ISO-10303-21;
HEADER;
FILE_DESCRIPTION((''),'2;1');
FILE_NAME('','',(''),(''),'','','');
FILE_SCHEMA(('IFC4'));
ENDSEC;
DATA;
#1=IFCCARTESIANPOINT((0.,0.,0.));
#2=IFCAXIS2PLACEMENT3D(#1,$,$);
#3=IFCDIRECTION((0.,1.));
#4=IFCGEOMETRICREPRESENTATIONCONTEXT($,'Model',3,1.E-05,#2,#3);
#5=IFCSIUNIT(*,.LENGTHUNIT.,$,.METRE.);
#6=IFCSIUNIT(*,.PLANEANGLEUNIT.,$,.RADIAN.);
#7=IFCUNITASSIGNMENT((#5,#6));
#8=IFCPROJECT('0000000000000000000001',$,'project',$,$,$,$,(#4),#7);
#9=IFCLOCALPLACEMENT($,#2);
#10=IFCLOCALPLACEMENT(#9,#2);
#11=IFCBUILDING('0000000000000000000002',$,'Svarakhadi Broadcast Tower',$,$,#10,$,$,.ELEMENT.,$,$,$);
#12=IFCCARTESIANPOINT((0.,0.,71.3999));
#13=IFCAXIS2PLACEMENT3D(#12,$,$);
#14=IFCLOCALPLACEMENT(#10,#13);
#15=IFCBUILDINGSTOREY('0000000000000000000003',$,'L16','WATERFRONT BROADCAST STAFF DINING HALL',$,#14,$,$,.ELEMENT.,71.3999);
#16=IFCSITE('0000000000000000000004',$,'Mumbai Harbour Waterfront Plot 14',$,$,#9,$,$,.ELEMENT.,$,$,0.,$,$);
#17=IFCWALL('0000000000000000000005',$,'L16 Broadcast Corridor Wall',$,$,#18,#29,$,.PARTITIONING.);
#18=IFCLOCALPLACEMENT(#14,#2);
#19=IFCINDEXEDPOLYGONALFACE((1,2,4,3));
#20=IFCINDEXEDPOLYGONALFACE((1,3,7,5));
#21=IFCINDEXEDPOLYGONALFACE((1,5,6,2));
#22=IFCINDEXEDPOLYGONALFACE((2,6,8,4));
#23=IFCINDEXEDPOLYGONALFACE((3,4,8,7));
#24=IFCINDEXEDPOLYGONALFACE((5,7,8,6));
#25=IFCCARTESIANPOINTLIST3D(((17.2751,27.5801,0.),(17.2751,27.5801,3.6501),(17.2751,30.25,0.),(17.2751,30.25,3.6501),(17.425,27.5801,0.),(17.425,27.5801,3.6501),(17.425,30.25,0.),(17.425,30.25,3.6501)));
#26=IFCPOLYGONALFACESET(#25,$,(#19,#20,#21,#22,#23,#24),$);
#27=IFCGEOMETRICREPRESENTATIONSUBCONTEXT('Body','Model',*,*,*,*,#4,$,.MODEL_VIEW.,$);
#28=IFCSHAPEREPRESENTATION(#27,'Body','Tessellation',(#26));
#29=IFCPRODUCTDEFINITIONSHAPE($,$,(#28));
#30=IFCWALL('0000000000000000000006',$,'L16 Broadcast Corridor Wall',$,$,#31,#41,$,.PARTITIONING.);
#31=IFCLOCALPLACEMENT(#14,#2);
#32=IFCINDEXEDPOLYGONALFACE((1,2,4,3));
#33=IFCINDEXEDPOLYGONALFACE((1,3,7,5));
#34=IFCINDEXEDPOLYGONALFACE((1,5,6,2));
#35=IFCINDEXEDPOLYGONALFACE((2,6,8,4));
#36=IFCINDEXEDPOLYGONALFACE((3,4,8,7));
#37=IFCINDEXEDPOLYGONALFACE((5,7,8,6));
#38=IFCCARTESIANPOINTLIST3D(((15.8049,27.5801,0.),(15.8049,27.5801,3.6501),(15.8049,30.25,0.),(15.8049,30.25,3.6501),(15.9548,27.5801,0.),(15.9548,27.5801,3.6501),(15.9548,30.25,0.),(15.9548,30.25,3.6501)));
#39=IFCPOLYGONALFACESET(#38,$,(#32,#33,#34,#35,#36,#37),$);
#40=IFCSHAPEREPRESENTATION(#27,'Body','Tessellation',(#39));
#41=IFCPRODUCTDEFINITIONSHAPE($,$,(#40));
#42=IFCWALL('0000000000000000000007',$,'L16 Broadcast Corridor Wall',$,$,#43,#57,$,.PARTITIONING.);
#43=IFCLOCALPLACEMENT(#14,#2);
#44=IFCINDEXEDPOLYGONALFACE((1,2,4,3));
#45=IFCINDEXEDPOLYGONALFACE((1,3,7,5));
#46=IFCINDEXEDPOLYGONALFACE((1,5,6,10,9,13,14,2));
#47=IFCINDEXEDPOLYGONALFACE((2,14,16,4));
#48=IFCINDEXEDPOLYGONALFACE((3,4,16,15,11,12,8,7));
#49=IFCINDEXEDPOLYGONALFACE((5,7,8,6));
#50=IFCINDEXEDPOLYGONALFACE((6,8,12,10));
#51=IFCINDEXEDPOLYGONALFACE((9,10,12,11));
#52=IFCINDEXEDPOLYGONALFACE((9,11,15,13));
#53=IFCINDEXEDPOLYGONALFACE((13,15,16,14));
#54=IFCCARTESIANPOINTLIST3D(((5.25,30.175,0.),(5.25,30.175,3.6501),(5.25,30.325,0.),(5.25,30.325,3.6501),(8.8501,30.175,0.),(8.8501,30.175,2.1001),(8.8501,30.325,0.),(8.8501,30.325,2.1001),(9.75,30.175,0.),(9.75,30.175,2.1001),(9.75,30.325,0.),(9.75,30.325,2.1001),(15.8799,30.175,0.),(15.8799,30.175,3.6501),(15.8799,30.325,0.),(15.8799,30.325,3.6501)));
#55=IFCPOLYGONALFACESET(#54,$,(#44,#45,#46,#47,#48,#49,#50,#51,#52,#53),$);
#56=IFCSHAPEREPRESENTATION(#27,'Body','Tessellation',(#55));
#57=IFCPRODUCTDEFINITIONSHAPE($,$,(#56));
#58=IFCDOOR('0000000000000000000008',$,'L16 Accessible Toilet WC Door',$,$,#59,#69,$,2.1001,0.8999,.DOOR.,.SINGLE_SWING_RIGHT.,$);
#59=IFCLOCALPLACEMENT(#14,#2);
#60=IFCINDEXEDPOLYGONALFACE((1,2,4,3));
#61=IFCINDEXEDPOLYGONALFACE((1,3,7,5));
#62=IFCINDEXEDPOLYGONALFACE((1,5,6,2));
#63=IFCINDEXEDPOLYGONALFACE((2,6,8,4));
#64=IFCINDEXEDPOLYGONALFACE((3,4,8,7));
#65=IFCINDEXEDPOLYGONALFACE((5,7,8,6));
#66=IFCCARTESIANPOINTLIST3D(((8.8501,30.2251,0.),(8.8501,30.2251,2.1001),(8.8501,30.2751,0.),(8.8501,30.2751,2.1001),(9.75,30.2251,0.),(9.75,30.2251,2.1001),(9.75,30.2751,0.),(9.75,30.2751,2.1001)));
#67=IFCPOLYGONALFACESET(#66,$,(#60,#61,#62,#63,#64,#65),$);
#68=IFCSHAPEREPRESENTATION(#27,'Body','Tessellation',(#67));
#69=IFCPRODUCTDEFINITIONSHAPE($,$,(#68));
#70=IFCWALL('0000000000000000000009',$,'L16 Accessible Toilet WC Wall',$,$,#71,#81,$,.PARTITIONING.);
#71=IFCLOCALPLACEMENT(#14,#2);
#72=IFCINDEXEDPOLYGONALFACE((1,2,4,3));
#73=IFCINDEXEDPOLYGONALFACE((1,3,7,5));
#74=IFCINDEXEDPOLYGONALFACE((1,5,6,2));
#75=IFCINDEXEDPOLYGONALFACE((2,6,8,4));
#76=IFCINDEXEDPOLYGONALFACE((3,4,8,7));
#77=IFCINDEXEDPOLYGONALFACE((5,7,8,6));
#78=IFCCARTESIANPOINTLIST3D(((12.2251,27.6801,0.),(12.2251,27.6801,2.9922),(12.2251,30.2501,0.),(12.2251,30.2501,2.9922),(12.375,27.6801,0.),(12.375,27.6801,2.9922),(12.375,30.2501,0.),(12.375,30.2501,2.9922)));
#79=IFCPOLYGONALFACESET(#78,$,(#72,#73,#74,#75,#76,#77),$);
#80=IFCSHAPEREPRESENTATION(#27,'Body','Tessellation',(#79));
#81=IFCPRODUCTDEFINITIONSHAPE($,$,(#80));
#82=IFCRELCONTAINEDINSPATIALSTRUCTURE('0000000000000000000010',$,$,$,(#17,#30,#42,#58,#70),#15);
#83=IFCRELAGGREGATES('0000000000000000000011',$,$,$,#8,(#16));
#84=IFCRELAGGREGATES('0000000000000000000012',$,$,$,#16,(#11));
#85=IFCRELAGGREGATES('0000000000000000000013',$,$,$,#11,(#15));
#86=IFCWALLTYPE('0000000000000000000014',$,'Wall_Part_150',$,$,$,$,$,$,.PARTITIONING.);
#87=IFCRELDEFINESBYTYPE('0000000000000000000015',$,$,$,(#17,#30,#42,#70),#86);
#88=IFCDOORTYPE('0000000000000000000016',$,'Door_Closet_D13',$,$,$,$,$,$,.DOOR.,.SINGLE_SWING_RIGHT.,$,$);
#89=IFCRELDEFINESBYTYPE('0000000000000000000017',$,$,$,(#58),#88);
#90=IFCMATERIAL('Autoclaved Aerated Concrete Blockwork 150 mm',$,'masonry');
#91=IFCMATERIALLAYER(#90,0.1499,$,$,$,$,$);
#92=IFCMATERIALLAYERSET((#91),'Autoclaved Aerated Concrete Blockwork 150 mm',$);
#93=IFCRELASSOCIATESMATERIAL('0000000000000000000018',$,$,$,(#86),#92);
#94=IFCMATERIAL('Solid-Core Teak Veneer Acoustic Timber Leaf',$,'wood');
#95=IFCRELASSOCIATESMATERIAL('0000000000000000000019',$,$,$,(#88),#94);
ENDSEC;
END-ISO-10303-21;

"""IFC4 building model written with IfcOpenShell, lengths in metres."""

from ifc_helpers import new_model, si_unit, direction, frame, frame_2d, origin, place, context, subcontext, project, spatial, rectangle, extrude, material, layer, layer_set, type_object, element, fill, save


model = new_model("IFC4")

# Units and contexts
model_context = context("Model", 3, precision=1e-05, world=origin(), true_north=direction((0.0, 1.0)))
body_context = subcontext(model_context, "Body", "Model", "MODEL_VIEW")
ifc_project = project(units=[si_unit("LENGTHUNIT", "METRE"), si_unit("PLANEANGLEUNIT", "RADIAN")], contexts=[model_context])

# Site, building, storey
site_placement = place(None, origin())
site = spatial("IfcSite", under=ifc_project, at=site_placement, Name="Mumbai Harbour Waterfront Plot 14", CompositionType="ELEMENT", RefElevation=0.0)
building_placement = place(site_placement, origin())
building = spatial("IfcBuilding", under=site, at=building_placement, Name="Svarakhadi Broadcast Tower", CompositionType="ELEMENT")
storey_placement = place(building_placement, frame((0.0, 0.0, 71.3999)))
storey = spatial("IfcBuildingStorey", under=building, at=storey_placement, Name="L16", Description="WATERFRONT BROADCAST STAFF DINING HALL", CompositionType="ELEMENT", Elevation=71.3999)

# Shared definitions
ifc_material_1 = material(Name="Autoclaved Aerated Concrete Blockwork 150 mm", Category="masonry")
ifc_layer = layer(ifc_material_1, 0.1499)
ifc_layer_set = layer_set([ifc_layer], Name="Autoclaved Aerated Concrete Blockwork 150 mm")
wall_type = type_object("IfcWallType", Name="Wall_Part_150", PredefinedType="PARTITIONING", material=ifc_layer_set)
ifc_material_2 = material(Name="Solid-Core Teak Veneer Acoustic Timber Leaf", Category="wood")

# Walls
for number, where, z_axis, x_axis, name in (
    (1, (17.3501, 30.25, 0.0), (0.0, 0.0, 1.0), (0.0, -1.0, 0.0), "L16 Broadcast Corridor Wall"),
    (2, (15.8799, 27.5801, 0.0), (0.0, 0.0, 1.0), (0.0, 1.0, 0.0), "L16 Broadcast Corridor Wall"),
):
    element("IfcWall", number, at=place(storey_placement, frame(where, z_axis=z_axis, x_axis=x_axis)), inside=storey, type_object=wall_type, Name=name, PredefinedType="PARTITIONING", context=body_context, shape_type="SweptSolid", body=[
        extrude(rectangle(XDim=2.6699, YDim=0.1499, at=frame_2d((1.335, 0.0))), origin(), (0.0, 0.0, 1.0), 3.6501),
    ])

# Wall, opening, door
wall_1_placement = place(storey_placement, frame((15.8799, 30.25, 0.0), z_axis=(0.0, 0.0, 1.0), x_axis=(-1.0, 0.0, 0.0)))
wall_1 = element("IfcWall", 3, at=wall_1_placement, inside=storey, type_object=wall_type, Name="L16 Broadcast Corridor Wall", PredefinedType="PARTITIONING", context=body_context, shape_type="SweptSolid", body=[
    extrude(rectangle(XDim=10.6299, YDim=0.1499, at=frame_2d((5.3149, 0.0))), origin(), (0.0, 0.0, 1.0), 3.6501),
])
opening_1_placement = place(wall_1_placement, frame((6.1299, 0.0, 0.0)))
opening_1 = element("IfcOpeningElement", 4, at=opening_1_placement, cuts=wall_1, PredefinedType="OPENING", context=body_context, shape_type="SweptSolid", body=[
    extrude(rectangle(XDim=0.8999, YDim=2.1001, at=frame_2d((0.45, 1.05))), frame((0.0, 0.085, 0.0), z_axis=(0.0, -1.0, 0.0), x_axis=(1.0, 0.0, 0.0)), (0.0, 0.0, 1.0), 0.1699),
])
door_type_1 = type_object("IfcDoorType", Name="Door_Closet_D13", OperationType="SINGLE_SWING_RIGHT", PredefinedType="DOOR", material=ifc_material_2)
door_1_placement = place(opening_1_placement, origin())
door_1 = element("IfcDoor", 5, at=door_1_placement, inside=storey, type_object=door_type_1, Name="L16 Accessible Toilet WC Door", OperationType="SINGLE_SWING_RIGHT", OverallHeight=2.1001, OverallWidth=0.8999, PredefinedType="DOOR", context=body_context, shape_type="SweptSolid", body=[
    extrude(rectangle(XDim=0.8999, YDim=2.1001, at=frame_2d((0.45, 1.05))), frame((0.0, 0.0249, 0.0), z_axis=(0.0, -1.0, 0.0), x_axis=(1.0, 0.0, 0.0)), (0.0, 0.0, 1.0), 0.05),
])
fill(opening_1, door_1)

# Wall
wall_2_placement = place(storey_placement, frame((12.3, 27.6799, 0.0), z_axis=(0.0, 0.0, 1.0), x_axis=(0.0, 1.0, 0.0)))
element("IfcWall", 6, at=wall_2_placement, inside=storey, type_object=wall_type, Name="L16 Accessible Toilet WC Wall", PredefinedType="PARTITIONING", context=body_context, shape_type="SweptSolid", body=[
    extrude(rectangle(XDim=2.5701, YDim=0.1499, at=frame_2d((1.2852, 0.0))), origin(), (0.0, 0.0, 1.0), 2.9922),
])

save(model, "model.ifc")
